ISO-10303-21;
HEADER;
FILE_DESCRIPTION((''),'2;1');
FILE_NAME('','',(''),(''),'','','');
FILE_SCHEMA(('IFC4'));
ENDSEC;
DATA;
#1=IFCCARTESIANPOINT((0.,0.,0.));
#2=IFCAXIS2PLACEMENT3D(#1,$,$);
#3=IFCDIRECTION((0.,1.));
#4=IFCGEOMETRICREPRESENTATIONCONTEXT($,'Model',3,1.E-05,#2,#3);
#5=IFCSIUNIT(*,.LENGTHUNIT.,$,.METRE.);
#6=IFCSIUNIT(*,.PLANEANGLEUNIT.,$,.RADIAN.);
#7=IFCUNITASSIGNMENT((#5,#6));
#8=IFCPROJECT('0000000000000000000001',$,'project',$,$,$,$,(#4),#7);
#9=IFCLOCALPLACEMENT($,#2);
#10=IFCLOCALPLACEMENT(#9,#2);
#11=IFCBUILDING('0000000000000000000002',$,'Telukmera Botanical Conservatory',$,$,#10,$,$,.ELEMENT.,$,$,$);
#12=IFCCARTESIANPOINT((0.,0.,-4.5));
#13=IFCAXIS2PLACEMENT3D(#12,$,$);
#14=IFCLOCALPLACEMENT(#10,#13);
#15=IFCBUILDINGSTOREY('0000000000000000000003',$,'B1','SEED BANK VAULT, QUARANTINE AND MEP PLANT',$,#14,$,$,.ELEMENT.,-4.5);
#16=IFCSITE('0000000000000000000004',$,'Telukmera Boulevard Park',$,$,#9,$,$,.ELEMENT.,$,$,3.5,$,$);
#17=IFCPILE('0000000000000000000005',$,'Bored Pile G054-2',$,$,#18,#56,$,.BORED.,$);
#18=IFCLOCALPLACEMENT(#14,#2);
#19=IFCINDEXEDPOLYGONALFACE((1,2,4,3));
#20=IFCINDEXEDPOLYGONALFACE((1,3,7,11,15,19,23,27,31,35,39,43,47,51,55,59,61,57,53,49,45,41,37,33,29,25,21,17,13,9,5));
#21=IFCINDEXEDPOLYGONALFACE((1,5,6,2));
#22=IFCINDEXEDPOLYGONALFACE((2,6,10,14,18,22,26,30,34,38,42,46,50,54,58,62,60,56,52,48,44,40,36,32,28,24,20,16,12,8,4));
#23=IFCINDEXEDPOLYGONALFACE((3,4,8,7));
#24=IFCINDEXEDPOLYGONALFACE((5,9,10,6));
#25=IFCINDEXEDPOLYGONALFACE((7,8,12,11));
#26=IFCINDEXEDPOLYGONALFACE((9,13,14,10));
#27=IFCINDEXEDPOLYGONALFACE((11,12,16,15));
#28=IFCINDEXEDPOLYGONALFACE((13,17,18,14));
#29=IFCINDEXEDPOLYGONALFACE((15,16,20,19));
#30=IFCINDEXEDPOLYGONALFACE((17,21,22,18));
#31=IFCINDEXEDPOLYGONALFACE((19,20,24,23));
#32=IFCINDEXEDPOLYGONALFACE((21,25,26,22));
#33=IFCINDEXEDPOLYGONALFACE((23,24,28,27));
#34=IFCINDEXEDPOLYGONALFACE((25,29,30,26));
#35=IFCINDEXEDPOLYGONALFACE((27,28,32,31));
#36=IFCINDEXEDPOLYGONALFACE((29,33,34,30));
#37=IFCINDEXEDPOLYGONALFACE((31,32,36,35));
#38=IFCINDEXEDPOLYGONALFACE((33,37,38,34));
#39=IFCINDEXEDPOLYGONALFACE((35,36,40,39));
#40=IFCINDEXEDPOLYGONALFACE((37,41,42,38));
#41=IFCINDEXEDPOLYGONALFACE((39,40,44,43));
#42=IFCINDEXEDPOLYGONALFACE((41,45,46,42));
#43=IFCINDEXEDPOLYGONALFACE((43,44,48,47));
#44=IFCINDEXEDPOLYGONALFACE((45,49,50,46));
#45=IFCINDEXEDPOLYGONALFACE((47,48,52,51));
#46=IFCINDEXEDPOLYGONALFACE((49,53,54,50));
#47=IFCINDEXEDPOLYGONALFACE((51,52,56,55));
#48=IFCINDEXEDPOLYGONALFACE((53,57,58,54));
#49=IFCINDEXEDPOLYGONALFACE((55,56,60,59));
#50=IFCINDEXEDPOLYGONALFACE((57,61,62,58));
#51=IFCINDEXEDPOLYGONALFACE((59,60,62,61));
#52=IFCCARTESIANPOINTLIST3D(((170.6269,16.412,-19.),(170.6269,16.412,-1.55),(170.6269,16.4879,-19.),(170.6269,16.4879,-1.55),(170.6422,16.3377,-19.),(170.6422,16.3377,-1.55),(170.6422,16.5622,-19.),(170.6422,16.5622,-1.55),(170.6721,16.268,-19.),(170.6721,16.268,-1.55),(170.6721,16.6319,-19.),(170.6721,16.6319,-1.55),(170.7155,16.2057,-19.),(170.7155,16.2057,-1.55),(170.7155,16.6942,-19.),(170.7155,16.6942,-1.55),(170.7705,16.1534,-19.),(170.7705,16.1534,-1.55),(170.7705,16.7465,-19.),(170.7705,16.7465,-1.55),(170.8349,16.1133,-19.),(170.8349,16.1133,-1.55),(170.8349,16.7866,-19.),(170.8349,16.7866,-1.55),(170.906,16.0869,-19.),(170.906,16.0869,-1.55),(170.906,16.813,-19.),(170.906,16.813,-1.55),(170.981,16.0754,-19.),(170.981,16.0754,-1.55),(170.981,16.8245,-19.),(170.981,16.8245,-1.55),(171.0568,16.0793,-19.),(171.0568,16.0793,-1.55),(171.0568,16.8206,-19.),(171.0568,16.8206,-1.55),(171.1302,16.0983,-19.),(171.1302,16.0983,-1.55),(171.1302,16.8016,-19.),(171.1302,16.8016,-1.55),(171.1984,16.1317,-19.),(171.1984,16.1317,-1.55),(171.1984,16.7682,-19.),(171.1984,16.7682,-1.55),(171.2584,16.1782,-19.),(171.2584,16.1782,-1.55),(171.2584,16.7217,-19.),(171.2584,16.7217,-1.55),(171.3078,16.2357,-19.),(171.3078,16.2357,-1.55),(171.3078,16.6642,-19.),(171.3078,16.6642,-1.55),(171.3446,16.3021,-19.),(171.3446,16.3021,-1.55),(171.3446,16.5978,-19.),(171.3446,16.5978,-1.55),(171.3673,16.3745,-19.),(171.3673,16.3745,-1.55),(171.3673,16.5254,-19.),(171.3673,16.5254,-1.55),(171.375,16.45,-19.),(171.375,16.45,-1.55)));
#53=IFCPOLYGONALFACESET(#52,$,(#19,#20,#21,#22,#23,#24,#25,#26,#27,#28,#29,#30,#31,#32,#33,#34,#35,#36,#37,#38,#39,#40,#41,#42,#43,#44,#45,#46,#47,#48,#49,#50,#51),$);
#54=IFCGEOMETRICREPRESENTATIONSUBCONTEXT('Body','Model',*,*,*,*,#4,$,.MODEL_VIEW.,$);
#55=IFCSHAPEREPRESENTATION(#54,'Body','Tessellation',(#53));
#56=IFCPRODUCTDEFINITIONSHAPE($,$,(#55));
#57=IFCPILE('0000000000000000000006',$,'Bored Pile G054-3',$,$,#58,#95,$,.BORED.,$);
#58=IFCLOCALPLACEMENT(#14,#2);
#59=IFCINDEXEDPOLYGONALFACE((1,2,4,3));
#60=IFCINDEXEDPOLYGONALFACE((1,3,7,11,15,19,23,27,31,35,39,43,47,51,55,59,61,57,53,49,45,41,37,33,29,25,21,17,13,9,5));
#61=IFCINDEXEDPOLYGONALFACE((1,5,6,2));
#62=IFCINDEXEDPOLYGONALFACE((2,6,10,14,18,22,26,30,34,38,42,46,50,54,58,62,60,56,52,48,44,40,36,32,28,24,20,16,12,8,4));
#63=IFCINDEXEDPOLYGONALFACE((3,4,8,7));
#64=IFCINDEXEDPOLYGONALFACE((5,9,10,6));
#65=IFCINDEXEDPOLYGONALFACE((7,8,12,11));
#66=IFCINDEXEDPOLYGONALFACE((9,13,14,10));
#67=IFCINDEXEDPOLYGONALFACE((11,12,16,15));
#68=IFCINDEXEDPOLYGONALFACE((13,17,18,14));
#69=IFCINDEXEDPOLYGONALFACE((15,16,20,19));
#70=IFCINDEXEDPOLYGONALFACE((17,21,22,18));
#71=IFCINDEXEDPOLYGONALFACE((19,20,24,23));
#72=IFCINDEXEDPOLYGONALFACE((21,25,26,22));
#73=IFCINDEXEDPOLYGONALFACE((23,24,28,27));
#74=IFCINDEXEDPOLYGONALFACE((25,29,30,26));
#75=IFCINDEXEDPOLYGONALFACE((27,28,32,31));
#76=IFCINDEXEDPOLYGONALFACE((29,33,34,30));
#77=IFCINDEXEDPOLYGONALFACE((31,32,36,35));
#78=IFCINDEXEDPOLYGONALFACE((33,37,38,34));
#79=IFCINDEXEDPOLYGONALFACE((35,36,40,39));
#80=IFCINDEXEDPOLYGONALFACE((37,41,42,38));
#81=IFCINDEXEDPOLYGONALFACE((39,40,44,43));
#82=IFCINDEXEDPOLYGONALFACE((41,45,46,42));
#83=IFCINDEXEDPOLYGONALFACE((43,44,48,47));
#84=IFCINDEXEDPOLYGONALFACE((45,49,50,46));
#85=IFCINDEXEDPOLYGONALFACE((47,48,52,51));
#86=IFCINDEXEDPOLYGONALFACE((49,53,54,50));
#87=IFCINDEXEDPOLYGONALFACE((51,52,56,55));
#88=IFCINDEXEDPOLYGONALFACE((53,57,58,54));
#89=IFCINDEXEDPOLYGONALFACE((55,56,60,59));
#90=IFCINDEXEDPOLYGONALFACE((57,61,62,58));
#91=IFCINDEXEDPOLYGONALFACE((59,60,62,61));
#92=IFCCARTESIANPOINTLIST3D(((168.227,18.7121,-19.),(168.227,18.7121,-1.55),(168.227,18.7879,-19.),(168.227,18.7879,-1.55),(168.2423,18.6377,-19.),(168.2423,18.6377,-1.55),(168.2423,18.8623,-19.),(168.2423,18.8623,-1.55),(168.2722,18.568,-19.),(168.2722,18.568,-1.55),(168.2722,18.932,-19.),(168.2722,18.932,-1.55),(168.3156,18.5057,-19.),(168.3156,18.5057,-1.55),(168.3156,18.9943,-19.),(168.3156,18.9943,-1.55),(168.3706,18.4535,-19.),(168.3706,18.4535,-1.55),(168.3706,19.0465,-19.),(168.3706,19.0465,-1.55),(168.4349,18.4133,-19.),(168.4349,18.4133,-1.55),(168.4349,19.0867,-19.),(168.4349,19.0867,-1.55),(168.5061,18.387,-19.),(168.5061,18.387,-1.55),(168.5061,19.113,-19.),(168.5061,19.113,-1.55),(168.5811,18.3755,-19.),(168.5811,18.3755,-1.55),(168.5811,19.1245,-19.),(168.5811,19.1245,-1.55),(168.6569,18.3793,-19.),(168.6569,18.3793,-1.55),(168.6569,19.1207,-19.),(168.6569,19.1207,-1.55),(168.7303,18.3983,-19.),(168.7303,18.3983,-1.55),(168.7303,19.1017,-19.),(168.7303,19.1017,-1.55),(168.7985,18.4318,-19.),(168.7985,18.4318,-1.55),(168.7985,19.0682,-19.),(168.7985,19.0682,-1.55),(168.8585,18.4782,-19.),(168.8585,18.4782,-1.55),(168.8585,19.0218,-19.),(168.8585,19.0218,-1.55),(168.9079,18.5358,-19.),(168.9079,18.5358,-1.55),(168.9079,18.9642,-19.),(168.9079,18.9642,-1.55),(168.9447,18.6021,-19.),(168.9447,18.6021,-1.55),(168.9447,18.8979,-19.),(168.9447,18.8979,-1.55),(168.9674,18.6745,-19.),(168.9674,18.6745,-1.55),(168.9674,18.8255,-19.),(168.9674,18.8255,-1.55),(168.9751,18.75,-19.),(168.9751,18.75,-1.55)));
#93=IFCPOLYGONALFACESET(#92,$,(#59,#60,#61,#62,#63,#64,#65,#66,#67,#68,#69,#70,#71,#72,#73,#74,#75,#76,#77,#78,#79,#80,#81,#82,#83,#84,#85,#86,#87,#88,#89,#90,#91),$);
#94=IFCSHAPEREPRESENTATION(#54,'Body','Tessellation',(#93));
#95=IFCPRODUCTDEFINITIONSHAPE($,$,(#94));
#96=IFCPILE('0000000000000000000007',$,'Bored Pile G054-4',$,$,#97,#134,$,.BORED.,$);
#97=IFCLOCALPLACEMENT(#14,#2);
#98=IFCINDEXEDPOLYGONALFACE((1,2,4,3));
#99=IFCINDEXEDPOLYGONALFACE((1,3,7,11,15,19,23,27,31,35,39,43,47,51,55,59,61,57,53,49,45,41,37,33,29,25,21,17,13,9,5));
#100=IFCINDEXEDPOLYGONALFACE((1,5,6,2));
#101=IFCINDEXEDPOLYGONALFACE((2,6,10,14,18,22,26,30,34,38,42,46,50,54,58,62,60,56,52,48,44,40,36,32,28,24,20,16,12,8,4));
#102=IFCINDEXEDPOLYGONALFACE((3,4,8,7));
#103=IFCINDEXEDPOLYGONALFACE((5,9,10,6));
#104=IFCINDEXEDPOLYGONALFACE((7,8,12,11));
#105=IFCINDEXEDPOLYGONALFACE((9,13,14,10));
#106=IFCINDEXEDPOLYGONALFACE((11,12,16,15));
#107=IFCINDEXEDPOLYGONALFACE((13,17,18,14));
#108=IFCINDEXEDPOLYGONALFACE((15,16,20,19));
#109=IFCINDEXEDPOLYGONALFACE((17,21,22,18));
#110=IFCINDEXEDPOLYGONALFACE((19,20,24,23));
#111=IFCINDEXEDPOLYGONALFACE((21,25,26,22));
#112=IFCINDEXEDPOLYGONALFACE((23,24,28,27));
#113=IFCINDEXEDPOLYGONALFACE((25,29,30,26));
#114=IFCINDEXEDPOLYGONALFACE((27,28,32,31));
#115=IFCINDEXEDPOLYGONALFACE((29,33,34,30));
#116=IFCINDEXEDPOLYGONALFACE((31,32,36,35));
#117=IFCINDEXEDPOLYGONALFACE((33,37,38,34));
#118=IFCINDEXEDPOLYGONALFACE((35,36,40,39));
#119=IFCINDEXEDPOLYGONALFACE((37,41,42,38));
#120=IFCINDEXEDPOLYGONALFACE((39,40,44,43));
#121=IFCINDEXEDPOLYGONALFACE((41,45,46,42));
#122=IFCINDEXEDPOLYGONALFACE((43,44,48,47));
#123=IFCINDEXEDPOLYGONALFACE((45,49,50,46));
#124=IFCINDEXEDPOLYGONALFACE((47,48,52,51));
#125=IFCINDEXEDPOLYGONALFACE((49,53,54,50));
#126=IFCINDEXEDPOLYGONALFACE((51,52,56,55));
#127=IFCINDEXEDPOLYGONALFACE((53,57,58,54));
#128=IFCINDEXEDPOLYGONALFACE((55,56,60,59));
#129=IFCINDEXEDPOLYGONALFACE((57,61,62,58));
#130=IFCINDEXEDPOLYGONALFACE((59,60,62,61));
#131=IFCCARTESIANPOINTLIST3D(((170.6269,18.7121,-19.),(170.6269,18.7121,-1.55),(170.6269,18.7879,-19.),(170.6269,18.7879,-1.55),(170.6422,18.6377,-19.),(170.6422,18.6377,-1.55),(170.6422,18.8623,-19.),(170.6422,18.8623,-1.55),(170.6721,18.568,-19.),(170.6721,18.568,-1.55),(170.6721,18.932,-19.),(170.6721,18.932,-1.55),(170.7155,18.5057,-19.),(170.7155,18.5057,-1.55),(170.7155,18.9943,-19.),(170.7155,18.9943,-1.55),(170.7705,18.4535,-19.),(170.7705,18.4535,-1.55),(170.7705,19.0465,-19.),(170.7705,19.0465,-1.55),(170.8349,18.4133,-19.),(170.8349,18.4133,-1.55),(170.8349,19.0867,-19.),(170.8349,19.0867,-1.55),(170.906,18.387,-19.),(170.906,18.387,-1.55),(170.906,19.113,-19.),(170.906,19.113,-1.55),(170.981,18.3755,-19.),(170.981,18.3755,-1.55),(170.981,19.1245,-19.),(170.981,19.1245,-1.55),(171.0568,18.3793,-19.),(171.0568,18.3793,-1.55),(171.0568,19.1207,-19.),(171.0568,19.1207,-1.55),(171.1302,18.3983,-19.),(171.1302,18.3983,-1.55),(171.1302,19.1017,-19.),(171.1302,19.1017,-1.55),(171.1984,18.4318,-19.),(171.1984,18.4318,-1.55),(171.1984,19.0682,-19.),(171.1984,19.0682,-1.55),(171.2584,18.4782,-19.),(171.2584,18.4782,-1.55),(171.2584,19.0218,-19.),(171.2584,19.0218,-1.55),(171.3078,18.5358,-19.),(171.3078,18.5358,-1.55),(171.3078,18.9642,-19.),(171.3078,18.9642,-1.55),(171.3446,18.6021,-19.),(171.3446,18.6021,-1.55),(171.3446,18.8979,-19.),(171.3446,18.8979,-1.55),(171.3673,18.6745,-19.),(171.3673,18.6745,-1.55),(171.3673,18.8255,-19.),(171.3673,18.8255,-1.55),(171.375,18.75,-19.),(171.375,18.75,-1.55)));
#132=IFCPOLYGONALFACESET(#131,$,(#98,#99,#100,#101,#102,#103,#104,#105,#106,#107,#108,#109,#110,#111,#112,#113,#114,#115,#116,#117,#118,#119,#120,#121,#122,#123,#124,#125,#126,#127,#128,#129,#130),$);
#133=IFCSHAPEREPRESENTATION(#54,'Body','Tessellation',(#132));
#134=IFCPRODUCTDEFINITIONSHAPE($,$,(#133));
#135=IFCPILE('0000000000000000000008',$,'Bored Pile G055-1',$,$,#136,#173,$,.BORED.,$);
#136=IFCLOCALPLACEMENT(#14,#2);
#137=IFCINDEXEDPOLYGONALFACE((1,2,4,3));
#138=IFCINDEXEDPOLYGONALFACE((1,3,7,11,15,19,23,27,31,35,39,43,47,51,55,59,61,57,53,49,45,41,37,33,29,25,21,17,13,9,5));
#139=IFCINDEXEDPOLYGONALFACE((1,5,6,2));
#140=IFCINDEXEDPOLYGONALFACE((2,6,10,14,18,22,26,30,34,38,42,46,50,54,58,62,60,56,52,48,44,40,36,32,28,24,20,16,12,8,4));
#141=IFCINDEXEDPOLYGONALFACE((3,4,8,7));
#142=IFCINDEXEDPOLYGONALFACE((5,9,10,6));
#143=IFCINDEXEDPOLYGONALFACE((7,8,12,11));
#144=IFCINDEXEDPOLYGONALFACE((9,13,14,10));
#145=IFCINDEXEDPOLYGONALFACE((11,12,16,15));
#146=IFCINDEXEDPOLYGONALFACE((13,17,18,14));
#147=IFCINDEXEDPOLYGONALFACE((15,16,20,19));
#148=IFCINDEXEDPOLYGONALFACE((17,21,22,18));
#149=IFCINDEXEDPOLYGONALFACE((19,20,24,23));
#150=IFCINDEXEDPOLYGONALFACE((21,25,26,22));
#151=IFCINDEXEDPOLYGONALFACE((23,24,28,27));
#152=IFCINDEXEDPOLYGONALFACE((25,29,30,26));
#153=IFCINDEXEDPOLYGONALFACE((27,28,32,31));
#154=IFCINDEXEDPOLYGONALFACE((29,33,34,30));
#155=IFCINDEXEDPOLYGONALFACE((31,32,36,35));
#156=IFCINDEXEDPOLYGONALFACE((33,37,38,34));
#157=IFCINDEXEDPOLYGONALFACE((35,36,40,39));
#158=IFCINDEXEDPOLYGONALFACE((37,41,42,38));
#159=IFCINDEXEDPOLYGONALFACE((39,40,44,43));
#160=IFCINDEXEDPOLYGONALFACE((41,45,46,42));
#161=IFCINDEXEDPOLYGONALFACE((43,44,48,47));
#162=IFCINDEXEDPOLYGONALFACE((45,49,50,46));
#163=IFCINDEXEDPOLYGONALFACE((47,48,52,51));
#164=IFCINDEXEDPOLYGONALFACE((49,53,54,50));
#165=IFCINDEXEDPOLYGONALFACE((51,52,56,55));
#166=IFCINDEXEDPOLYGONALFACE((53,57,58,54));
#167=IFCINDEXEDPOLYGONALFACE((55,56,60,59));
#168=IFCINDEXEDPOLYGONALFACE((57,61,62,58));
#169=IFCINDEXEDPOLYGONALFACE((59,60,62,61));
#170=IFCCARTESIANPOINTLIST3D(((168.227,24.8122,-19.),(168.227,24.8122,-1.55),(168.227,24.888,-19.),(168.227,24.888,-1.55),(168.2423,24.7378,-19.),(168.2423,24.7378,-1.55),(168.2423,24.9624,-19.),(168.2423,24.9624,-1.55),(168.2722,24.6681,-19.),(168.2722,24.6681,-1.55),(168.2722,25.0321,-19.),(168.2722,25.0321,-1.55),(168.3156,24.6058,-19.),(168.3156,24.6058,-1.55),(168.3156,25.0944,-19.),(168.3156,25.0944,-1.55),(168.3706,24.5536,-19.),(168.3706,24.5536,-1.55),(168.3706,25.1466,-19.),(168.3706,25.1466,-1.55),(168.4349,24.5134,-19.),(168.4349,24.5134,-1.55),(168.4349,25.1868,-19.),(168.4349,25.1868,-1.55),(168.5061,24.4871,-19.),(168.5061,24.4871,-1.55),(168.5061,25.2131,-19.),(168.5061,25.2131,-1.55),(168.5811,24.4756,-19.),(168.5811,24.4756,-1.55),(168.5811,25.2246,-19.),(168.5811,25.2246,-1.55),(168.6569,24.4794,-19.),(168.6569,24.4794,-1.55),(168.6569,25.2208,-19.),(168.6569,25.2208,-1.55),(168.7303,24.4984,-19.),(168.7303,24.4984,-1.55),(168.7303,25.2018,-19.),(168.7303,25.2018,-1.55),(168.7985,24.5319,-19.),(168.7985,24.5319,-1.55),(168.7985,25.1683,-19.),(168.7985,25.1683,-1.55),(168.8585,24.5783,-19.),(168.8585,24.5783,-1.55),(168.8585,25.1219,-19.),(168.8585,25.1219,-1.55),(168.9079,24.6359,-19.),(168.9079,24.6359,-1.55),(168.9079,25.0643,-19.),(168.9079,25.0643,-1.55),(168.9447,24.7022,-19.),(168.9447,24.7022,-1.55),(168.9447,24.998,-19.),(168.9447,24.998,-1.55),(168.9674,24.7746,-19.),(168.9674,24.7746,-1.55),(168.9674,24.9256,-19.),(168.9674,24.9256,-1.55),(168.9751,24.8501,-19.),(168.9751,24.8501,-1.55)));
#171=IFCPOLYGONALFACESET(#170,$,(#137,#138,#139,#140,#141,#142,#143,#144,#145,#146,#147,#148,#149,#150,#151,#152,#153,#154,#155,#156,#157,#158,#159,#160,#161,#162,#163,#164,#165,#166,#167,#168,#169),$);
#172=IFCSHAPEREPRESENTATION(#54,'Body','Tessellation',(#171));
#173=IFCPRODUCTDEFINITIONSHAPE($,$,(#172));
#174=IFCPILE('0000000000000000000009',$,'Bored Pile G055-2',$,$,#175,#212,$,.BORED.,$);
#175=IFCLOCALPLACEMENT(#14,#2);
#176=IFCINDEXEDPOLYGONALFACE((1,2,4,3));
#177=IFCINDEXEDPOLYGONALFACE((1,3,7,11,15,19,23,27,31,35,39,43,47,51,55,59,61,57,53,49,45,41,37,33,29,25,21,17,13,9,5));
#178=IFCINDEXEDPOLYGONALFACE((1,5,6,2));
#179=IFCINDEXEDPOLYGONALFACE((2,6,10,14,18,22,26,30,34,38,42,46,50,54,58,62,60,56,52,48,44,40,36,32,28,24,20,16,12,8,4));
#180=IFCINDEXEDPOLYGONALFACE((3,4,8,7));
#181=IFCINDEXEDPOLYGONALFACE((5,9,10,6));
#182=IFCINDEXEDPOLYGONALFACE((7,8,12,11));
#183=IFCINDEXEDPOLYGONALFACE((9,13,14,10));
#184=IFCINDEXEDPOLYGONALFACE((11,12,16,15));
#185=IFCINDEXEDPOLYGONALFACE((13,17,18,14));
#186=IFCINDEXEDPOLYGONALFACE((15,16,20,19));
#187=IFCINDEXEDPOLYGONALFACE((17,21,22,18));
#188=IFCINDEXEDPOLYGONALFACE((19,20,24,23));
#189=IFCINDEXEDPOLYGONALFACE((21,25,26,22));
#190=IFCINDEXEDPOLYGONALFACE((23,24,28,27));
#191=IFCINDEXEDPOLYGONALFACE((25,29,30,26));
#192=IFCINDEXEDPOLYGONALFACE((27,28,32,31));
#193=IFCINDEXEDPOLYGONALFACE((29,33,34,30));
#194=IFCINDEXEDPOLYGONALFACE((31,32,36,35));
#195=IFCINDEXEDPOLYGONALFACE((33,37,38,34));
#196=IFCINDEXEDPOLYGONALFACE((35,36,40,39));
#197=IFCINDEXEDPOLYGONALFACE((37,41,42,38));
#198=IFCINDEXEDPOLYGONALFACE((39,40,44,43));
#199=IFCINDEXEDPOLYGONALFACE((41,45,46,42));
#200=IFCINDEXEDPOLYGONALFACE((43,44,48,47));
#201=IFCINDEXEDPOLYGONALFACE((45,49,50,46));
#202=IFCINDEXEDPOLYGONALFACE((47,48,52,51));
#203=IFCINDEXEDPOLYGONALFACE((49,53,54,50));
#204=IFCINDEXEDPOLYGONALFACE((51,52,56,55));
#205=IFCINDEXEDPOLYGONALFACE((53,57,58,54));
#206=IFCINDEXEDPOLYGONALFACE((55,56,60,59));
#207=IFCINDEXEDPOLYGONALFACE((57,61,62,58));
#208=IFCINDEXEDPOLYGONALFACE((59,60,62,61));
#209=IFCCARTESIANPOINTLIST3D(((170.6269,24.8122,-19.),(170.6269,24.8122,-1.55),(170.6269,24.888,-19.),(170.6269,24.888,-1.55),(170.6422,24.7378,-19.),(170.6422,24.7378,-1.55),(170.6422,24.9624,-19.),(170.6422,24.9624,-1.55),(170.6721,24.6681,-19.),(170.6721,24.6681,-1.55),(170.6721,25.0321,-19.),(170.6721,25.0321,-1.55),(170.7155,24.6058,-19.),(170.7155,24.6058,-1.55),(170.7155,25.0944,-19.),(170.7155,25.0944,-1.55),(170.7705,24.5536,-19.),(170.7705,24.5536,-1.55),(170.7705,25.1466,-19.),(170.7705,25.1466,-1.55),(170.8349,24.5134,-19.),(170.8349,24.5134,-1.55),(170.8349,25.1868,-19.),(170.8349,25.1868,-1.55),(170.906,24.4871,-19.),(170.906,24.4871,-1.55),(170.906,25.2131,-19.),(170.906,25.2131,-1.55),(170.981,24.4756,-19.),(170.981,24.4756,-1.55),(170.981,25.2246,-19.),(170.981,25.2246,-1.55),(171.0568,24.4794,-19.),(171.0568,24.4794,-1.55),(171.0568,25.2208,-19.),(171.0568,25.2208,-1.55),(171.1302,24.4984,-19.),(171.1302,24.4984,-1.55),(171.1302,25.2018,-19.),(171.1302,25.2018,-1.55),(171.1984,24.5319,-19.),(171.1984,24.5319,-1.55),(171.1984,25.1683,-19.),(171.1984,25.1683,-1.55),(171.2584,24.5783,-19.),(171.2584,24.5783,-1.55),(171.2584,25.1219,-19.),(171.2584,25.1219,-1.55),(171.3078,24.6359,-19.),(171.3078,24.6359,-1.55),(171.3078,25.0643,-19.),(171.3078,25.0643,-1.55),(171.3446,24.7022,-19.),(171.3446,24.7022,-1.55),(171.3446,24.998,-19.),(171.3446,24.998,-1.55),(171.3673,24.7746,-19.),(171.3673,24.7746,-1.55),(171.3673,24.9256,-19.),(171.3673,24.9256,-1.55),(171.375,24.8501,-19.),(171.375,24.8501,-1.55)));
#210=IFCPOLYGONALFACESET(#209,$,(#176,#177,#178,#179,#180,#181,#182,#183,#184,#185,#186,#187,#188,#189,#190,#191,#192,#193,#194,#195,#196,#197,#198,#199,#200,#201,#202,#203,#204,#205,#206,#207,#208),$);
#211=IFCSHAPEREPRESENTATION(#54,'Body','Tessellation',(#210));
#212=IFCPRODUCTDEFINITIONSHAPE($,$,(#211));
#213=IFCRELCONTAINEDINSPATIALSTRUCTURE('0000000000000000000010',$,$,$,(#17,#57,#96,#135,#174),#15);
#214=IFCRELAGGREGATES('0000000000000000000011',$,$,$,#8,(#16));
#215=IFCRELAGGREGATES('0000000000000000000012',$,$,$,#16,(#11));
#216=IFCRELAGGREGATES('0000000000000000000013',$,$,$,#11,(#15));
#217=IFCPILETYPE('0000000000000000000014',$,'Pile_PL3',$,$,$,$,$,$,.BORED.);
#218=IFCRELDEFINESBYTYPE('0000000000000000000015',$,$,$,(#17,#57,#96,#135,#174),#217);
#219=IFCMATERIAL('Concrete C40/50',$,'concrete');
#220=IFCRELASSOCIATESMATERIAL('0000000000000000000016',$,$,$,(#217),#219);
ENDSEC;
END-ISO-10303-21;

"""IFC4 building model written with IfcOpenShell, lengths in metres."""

from ifc_helpers import new_model, si_unit, direction, frame, origin, origin_2d, place, context, subcontext, project, spatial, circle, extrude, material, material_profile, profile_set, type_object, element, save


model = new_model("IFC4")

# Units and contexts
model_context = context("Model", 3, precision=1e-05, world=origin(), true_north=direction((0.0, 1.0)))
body_context = subcontext(model_context, "Body", "Model", "MODEL_VIEW")
ifc_project = project(units=[si_unit("LENGTHUNIT", "METRE"), si_unit("PLANEANGLEUNIT", "RADIAN")], contexts=[model_context])

# Site, building, storey
site_placement = place(None, origin())
site = spatial("IfcSite", under=ifc_project, at=site_placement, Name="Telukmera Boulevard Park", CompositionType="ELEMENT", RefElevation=3.5)
building_placement = place(site_placement, origin())
building = spatial("IfcBuilding", under=site, at=building_placement, Name="Telukmera Botanical Conservatory", CompositionType="ELEMENT")
storey_placement = place(building_placement, frame((0.0, 0.0, -4.5)))
storey = spatial("IfcBuildingStorey", under=building, at=storey_placement, Name="B1", Description="SEED BANK VAULT, QUARANTINE AND MEP PLANT", CompositionType="ELEMENT", Elevation=-4.5)

# Shared definitions
ifc_material_1 = material(Name="Concrete C40/50", Category="concrete")

# Piles
ifc_material_profile_1 = material_profile(ifc_material_1, circle(Radius=0.375, at=origin_2d()), Name="PILE D750")
ifc_profile_set_1 = profile_set([ifc_material_profile_1], Name="Concrete C40/50")
pile_type = type_object("IfcPileType", Name="Pile_PL3", PredefinedType="BORED", material=ifc_profile_set_1)
for number, where, z_axis, x_axis, name in (
    (1, (171.0, 16.45, -1.55), (0.0, 0.0, -1.0), (1.0, 0.0, 0.0), "Bored Pile G054-2"),
    (2, (168.6001, 18.75, -1.55), (0.0, 0.0, -1.0), (1.0, 0.0, 0.0), "Bored Pile G054-3"),
    (3, (171.0, 18.75, -1.55), (0.0, 0.0, -1.0), (1.0, 0.0, 0.0), "Bored Pile G054-4"),
    (4, (168.6001, 24.8501, -1.55), (0.0, 0.0, -1.0), (1.0, 0.0, 0.0), "Bored Pile G055-1"),
    (5, (171.0, 24.8501, -1.55), (0.0, 0.0, -1.0), (1.0, 0.0, 0.0), "Bored Pile G055-2"),
):
    element("IfcPile", number, at=place(storey_placement, frame(where, z_axis=z_axis, x_axis=x_axis)), inside=storey, type_object=pile_type, Name=name, PredefinedType="BORED", context=body_context, shape_type="SweptSolid", body=[
        extrude(circle(Radius=0.375, at=origin_2d()), origin(), (0.0, 0.0, 1.0), 17.45),
    ])

save(model, "model.ifc")
